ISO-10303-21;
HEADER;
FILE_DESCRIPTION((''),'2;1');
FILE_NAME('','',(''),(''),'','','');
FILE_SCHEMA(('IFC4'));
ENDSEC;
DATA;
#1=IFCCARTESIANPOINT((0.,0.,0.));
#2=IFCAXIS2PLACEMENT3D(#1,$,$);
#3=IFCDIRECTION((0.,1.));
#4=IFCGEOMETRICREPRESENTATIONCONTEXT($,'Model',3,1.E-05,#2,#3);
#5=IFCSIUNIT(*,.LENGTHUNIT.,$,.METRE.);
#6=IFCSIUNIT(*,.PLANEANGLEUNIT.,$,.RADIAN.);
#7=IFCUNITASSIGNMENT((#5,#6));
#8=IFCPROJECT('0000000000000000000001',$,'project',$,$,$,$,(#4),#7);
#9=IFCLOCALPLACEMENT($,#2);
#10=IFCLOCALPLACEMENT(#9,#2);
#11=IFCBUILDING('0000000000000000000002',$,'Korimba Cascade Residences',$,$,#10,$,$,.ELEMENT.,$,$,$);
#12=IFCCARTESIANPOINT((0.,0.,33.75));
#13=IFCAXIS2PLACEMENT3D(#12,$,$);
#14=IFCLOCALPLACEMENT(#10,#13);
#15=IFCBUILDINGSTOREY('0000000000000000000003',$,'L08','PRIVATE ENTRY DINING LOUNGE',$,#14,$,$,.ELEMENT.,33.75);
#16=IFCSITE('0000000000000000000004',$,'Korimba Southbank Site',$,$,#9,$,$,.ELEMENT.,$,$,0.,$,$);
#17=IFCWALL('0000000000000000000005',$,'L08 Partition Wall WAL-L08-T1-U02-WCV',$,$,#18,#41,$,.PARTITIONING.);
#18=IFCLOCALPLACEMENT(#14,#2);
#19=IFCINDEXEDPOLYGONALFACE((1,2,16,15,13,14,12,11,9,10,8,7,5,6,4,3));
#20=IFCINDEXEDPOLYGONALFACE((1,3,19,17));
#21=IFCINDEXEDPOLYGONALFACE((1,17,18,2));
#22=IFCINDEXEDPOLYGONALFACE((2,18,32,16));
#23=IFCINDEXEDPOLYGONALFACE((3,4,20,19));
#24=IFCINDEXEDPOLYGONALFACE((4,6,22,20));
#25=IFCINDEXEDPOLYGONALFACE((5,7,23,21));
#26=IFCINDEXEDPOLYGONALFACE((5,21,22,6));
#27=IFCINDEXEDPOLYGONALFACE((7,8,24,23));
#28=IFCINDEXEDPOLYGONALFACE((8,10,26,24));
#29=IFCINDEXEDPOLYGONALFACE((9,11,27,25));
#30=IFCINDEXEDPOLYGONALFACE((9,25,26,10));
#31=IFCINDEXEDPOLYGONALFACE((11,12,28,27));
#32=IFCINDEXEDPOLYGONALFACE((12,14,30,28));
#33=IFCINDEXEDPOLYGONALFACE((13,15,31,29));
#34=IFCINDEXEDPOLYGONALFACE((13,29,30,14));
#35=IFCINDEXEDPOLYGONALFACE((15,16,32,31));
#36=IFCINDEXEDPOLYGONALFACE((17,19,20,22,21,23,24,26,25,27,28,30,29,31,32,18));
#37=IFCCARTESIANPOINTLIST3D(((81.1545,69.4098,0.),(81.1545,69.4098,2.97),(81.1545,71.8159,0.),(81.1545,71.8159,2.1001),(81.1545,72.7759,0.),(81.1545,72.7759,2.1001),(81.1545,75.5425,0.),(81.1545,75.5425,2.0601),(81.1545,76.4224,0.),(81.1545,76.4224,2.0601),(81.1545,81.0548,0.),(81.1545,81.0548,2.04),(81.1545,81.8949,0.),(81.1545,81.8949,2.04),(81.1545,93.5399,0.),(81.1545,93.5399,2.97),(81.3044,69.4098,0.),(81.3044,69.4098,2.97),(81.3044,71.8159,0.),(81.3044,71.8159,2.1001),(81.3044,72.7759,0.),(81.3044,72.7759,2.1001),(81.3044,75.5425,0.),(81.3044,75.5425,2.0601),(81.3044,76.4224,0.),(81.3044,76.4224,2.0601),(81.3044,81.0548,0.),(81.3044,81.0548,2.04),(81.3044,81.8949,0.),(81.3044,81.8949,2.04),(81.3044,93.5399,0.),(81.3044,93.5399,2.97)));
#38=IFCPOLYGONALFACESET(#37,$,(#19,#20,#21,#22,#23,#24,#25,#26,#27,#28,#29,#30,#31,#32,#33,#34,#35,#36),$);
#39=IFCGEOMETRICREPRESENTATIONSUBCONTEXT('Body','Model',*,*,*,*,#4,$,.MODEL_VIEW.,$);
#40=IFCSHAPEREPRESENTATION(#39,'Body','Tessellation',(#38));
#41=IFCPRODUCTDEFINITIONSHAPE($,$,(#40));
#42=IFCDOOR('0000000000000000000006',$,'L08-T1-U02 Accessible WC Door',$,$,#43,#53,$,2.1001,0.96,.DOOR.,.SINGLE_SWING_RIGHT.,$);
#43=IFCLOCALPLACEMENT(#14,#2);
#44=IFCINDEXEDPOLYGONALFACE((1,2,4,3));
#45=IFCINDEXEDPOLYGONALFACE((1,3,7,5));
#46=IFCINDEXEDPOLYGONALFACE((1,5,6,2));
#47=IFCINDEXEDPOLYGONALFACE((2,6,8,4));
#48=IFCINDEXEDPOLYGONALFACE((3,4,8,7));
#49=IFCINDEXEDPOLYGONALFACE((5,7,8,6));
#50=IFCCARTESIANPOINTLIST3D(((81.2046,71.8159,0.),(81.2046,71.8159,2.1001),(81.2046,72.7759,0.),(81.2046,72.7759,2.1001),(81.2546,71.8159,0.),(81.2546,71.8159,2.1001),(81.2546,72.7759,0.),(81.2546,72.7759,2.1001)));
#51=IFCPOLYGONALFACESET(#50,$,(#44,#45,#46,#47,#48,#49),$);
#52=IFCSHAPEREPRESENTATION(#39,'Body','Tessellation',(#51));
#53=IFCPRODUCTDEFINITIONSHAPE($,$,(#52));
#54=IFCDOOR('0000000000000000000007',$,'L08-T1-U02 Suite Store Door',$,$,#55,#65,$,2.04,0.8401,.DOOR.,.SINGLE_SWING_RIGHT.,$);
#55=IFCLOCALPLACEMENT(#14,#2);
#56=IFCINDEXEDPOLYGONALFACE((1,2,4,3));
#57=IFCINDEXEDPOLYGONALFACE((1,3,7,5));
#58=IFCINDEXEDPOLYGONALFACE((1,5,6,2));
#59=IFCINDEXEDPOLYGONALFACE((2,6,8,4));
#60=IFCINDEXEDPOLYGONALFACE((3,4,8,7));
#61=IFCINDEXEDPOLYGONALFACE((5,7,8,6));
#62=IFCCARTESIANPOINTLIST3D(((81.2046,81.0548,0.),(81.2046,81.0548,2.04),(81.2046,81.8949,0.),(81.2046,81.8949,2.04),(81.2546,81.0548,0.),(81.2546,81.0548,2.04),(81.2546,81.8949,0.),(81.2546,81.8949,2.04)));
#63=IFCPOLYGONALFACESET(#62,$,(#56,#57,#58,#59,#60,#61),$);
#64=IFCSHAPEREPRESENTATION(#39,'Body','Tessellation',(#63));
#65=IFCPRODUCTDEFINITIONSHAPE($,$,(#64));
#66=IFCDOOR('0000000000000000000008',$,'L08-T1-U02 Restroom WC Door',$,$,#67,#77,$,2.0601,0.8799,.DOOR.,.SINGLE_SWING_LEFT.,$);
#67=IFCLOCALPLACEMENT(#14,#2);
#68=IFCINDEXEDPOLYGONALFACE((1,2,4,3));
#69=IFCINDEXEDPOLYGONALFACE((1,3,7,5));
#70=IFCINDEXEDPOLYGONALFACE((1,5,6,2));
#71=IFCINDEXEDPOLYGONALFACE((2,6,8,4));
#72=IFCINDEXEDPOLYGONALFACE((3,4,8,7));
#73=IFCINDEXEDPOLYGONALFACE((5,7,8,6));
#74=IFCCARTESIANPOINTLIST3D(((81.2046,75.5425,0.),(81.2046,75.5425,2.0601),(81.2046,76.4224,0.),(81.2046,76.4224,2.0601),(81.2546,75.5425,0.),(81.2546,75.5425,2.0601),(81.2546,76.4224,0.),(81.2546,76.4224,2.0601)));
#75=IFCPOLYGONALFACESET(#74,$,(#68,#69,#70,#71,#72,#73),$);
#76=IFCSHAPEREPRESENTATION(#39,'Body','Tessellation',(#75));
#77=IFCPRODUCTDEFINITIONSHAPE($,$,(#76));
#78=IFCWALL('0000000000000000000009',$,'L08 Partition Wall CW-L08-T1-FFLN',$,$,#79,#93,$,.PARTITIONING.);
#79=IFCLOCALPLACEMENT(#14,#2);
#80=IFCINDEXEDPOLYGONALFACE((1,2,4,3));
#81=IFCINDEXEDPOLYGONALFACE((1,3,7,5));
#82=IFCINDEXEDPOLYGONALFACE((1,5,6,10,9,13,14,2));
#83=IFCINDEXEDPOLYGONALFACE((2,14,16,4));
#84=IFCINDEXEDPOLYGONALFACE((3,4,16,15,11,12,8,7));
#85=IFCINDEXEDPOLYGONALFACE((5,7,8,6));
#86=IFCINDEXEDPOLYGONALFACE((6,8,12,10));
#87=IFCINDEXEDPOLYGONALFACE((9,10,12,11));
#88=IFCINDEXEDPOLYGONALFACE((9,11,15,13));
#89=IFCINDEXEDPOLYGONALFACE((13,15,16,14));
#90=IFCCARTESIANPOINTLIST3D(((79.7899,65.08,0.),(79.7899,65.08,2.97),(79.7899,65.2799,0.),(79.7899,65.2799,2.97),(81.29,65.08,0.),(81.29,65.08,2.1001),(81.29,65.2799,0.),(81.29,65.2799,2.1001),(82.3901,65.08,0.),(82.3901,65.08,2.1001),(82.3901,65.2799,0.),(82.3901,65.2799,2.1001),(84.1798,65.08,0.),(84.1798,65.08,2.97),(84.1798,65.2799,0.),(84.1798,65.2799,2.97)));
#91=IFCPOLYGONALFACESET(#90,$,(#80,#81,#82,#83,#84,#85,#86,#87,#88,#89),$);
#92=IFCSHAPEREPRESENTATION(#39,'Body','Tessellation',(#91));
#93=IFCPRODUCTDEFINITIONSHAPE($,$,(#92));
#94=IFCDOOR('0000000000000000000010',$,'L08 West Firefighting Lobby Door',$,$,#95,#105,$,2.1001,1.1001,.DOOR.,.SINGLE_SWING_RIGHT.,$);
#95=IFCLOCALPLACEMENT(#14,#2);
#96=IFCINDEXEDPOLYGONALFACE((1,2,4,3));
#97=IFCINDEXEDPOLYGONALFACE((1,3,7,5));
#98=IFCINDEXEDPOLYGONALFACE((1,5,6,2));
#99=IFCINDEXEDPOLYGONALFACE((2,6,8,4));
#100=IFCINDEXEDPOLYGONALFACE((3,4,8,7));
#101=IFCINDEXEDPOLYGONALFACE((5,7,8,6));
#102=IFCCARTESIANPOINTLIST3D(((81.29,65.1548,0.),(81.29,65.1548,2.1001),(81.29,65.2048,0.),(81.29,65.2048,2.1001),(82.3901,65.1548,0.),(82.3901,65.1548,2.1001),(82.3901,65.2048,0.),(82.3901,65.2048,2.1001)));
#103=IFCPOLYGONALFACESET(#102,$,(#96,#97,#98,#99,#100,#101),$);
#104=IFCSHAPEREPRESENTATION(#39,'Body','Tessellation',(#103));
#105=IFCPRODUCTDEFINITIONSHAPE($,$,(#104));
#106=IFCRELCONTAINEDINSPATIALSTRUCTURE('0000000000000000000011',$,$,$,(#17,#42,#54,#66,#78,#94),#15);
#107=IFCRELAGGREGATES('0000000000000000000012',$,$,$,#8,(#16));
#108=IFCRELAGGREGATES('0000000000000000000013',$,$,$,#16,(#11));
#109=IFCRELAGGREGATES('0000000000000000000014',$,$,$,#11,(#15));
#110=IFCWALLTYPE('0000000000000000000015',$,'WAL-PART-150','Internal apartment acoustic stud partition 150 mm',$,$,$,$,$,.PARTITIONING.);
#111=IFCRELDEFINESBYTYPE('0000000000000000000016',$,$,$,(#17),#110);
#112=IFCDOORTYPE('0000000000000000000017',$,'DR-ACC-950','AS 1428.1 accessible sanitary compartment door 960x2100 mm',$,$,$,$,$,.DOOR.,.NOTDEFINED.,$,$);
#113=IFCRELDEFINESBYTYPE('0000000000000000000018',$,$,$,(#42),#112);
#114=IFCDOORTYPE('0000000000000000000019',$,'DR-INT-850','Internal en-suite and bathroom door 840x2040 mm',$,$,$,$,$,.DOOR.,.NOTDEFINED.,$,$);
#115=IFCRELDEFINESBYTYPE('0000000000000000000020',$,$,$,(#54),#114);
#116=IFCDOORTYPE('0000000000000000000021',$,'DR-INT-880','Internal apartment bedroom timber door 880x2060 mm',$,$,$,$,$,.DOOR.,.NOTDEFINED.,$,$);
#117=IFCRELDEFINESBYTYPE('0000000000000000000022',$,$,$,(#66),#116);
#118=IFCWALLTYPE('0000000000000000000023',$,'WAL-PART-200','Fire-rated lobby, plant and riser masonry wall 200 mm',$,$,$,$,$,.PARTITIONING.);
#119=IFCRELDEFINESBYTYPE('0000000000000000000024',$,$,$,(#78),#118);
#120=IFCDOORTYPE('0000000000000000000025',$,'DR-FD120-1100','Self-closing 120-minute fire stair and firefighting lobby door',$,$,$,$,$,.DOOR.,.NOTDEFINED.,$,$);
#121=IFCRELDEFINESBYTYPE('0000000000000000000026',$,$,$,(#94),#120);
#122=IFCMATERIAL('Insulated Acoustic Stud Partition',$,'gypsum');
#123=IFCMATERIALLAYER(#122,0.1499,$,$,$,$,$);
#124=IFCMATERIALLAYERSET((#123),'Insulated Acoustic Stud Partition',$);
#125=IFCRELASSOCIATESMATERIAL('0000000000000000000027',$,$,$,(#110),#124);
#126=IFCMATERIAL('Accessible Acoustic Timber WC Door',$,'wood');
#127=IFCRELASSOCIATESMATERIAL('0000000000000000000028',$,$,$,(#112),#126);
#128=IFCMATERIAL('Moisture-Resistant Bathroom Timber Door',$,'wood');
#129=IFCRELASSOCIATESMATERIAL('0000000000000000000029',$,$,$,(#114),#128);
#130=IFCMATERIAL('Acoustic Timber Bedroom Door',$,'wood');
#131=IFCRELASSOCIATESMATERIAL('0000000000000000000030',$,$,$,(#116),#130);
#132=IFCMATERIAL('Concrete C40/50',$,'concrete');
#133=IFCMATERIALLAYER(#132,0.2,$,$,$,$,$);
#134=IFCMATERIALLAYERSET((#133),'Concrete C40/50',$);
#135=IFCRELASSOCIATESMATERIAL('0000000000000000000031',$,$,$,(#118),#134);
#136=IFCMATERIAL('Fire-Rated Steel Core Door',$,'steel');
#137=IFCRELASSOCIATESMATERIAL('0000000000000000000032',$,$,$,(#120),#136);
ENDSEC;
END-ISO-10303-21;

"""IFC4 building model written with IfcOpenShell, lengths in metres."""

from ifc_helpers import new_model, si_unit, direction, frame, frame_2d, origin, place, context, subcontext, project, spatial, rectangle, extrude, material, layer, layer_set, type_object, element, fill, save


model = new_model("IFC4")

# Units and contexts
model_context = context("Model", 3, precision=1e-05, world=origin(), true_north=direction((0.0, 1.0)))
body_context = subcontext(model_context, "Body", "Model", "MODEL_VIEW")
ifc_project = project(units=[si_unit("LENGTHUNIT", "METRE"), si_unit("PLANEANGLEUNIT", "RADIAN")], contexts=[model_context])

# Site, building, storey
site_placement = place(None, origin())
site = spatial("IfcSite", under=ifc_project, at=site_placement, Name="Korimba Southbank Site", CompositionType="ELEMENT", RefElevation=0.0)
building_placement = place(site_placement, origin())
building = spatial("IfcBuilding", under=site, at=building_placement, Name="Korimba Cascade Residences", CompositionType="ELEMENT")
storey_placement = place(building_placement, frame((0.0, 0.0, 33.75)))
storey = spatial("IfcBuildingStorey", under=building, at=storey_placement, Name="L08", Description="PRIVATE ENTRY DINING LOUNGE", CompositionType="ELEMENT", Elevation=33.75)

# Wall, openings, doors
ifc_material_1 = material(Name="Insulated Acoustic Stud Partition", Category="gypsum")
ifc_layer_1 = layer(ifc_material_1, 0.1499)
ifc_layer_set_1 = layer_set([ifc_layer_1], Name="Insulated Acoustic Stud Partition")
wall_type_1 = type_object("IfcWallType", Name="WAL-PART-150", Description="Internal apartment acoustic stud partition 150 mm", PredefinedType="PARTITIONING", material=ifc_layer_set_1)
wall_1_placement = place(storey_placement, frame((81.2295, 69.4099, 0.0), z_axis=(0.0, 0.0, 1.0), x_axis=(0.0, 1.0, 0.0)))
wall_1 = element("IfcWall", 1, at=wall_1_placement, inside=storey, type_object=wall_type_1, Name="L08 Partition Wall WAL-L08-T1-U02-WCV", PredefinedType="PARTITIONING", context=body_context, shape_type="SweptSolid", body=[
    extrude(rectangle(XDim=24.1301, YDim=0.1499, at=frame_2d((12.0649, 0.0))), origin(), (0.0, 0.0, 1.0), 2.97),
])
opening_1_placement = place(wall_1_placement, frame((2.406, 0.0, 0.0)))
opening_1 = element("IfcOpeningElement", 2, at=opening_1_placement, cuts=wall_1, PredefinedType="OPENING", context=body_context, shape_type="SweptSolid", body=[
    extrude(rectangle(XDim=0.96, YDim=2.1001, at=frame_2d((0.48, 1.05))), frame((0.0, 0.085, 0.0), z_axis=(0.0, -1.0, 0.0), x_axis=(1.0, 0.0, 0.0)), (0.0, 0.0, 1.0), 0.1699),
])
opening_2_placement = place(wall_1_placement, frame((6.1326, 0.0, 0.0)))
opening_2 = element("IfcOpeningElement", 3, at=opening_2_placement, cuts=wall_1, PredefinedType="OPENING", context=body_context, shape_type="SweptSolid", body=[
    extrude(rectangle(XDim=0.8799, YDim=2.0601, at=frame_2d((0.4399, 1.03))), frame((0.0, 0.085, 0.0), z_axis=(0.0, -1.0, 0.0), x_axis=(1.0, 0.0, 0.0)), (0.0, 0.0, 1.0), 0.1699),
])
opening_3_placement = place(wall_1_placement, frame((11.645, 0.0, 0.0)))
opening_3 = element("IfcOpeningElement", 4, at=opening_3_placement, cuts=wall_1, PredefinedType="OPENING", context=body_context, shape_type="SweptSolid", body=[
    extrude(rectangle(XDim=0.8401, YDim=2.04, at=frame_2d((0.4199, 1.02))), frame((0.0, 0.085, 0.0), z_axis=(0.0, -1.0, 0.0), x_axis=(1.0, 0.0, 0.0)), (0.0, 0.0, 1.0), 0.1699),
])
ifc_material_2 = material(Name="Accessible Acoustic Timber WC Door", Category="wood")
door_type_1 = type_object("IfcDoorType", Name="DR-ACC-950", Description="AS 1428.1 accessible sanitary compartment door 960x2100 mm", OperationType="NOTDEFINED", PredefinedType="DOOR", material=ifc_material_2)
door_1_placement = place(opening_1_placement, origin())
door_1 = element("IfcDoor", 5, at=door_1_placement, inside=storey, type_object=door_type_1, Name="L08-T1-U02 Accessible WC Door", OperationType="SINGLE_SWING_RIGHT", OverallHeight=2.1001, OverallWidth=0.96, PredefinedType="DOOR", context=body_context, shape_type="SweptSolid", body=[
    extrude(rectangle(XDim=0.96, YDim=2.1001, at=frame_2d((0.48, 1.05))), frame((0.0, 0.0249, 0.0), z_axis=(0.0, -1.0, 0.0), x_axis=(1.0, 0.0, 0.0)), (0.0, 0.0, 1.0), 0.05),
])
fill(opening_1, door_1)
ifc_material_3 = material(Name="Moisture-Resistant Bathroom Timber Door", Category="wood")
door_type_2 = type_object("IfcDoorType", Name="DR-INT-850", Description="Internal en-suite and bathroom door 840x2040 mm", OperationType="NOTDEFINED", PredefinedType="DOOR", material=ifc_material_3)
door_2_placement = place(opening_3_placement, origin())
door_2 = element("IfcDoor", 6, at=door_2_placement, inside=storey, type_object=door_type_2, Name="L08-T1-U02 Suite Store Door", OperationType="SINGLE_SWING_RIGHT", OverallHeight=2.04, OverallWidth=0.8401, PredefinedType="DOOR", context=body_context, shape_type="SweptSolid", body=[
    extrude(rectangle(XDim=0.8401, YDim=2.04, at=frame_2d((0.4199, 1.02))), frame((0.0, 0.0249, 0.0), z_axis=(0.0, -1.0, 0.0), x_axis=(1.0, 0.0, 0.0)), (0.0, 0.0, 1.0), 0.05),
])
fill(opening_3, door_2)
ifc_material_4 = material(Name="Acoustic Timber Bedroom Door", Category="wood")
door_type_3 = type_object("IfcDoorType", Name="DR-INT-880", Description="Internal apartment bedroom timber door 880x2060 mm", OperationType="NOTDEFINED", PredefinedType="DOOR", material=ifc_material_4)
door_3_placement = place(opening_2_placement, origin())
door_3 = element("IfcDoor", 7, at=door_3_placement, inside=storey, type_object=door_type_3, Name="L08-T1-U02 Restroom WC Door", OperationType="SINGLE_SWING_LEFT", OverallHeight=2.0601, OverallWidth=0.8799, PredefinedType="DOOR", context=body_context, shape_type="SweptSolid", body=[
    extrude(rectangle(XDim=0.8799, YDim=2.0601, at=frame_2d((0.4399, 1.03))), frame((0.0, 0.0249, 0.0), z_axis=(0.0, -1.0, 0.0), x_axis=(1.0, 0.0, 0.0)), (0.0, 0.0, 1.0), 0.05),
])
fill(opening_2, door_3)

# Wall, opening, door
ifc_material_5 = material(Name="Concrete C40/50", Category="concrete")
ifc_layer_2 = layer(ifc_material_5, 0.2)
ifc_layer_set_2 = layer_set([ifc_layer_2], Name="Concrete C40/50")
wall_type_2 = type_object("IfcWallType", Name="WAL-PART-200", Description="Fire-rated lobby, plant and riser masonry wall 200 mm", PredefinedType="PARTITIONING", material=ifc_layer_set_2)
wall_2_placement = place(storey_placement, frame((79.79, 65.1799, 0.0), z_axis=(0.0, 0.0, 1.0), x_axis=(1.0, 0.0, 0.0)))
wall_2 = element("IfcWall", 8, at=wall_2_placement, inside=storey, type_object=wall_type_2, Name="L08 Partition Wall CW-L08-T1-FFLN", PredefinedType="PARTITIONING", context=body_context, shape_type="SweptSolid", body=[
    extrude(rectangle(XDim=4.3899, YDim=0.2, at=frame_2d((2.1948, 0.0))), origin(), (0.0, 0.0, 1.0), 2.97),
])
opening_4_placement = place(wall_2_placement, frame((1.5, 0.0, 0.0)))
opening_4 = element("IfcOpeningElement", 9, at=opening_4_placement, cuts=wall_2, PredefinedType="OPENING", context=body_context, shape_type="SweptSolid", body=[
    extrude(rectangle(XDim=1.1001, YDim=2.1001, at=frame_2d((0.55, 1.05))), frame((0.0, 0.1099, 0.0), z_axis=(0.0, -1.0, 0.0), x_axis=(1.0, 0.0, 0.0)), (0.0, 0.0, 1.0), 0.22),
])
ifc_material_6 = material(Name="Fire-Rated Steel Core Door", Category="steel")
door_type_4 = type_object("IfcDoorType", Name="DR-FD120-1100", Description="Self-closing 120-minute fire stair and firefighting lobby door", OperationType="NOTDEFINED", PredefinedType="DOOR", material=ifc_material_6)
door_4_placement = place(opening_4_placement, origin())
door_4 = element("IfcDoor", 10, at=door_4_placement, inside=storey, type_object=door_type_4, Name="L08 West Firefighting Lobby Door", OperationType="SINGLE_SWING_RIGHT", OverallHeight=2.1001, OverallWidth=1.1001, PredefinedType="DOOR", context=body_context, shape_type="SweptSolid", body=[
    extrude(rectangle(XDim=1.1001, YDim=2.1001, at=frame_2d((0.55, 1.05))), frame((0.0, 0.0249, 0.0), z_axis=(0.0, -1.0, 0.0), x_axis=(1.0, 0.0, 0.0)), (0.0, 0.0, 1.0), 0.05),
])
fill(opening_4, door_4)

save(model, "model.ifc")
